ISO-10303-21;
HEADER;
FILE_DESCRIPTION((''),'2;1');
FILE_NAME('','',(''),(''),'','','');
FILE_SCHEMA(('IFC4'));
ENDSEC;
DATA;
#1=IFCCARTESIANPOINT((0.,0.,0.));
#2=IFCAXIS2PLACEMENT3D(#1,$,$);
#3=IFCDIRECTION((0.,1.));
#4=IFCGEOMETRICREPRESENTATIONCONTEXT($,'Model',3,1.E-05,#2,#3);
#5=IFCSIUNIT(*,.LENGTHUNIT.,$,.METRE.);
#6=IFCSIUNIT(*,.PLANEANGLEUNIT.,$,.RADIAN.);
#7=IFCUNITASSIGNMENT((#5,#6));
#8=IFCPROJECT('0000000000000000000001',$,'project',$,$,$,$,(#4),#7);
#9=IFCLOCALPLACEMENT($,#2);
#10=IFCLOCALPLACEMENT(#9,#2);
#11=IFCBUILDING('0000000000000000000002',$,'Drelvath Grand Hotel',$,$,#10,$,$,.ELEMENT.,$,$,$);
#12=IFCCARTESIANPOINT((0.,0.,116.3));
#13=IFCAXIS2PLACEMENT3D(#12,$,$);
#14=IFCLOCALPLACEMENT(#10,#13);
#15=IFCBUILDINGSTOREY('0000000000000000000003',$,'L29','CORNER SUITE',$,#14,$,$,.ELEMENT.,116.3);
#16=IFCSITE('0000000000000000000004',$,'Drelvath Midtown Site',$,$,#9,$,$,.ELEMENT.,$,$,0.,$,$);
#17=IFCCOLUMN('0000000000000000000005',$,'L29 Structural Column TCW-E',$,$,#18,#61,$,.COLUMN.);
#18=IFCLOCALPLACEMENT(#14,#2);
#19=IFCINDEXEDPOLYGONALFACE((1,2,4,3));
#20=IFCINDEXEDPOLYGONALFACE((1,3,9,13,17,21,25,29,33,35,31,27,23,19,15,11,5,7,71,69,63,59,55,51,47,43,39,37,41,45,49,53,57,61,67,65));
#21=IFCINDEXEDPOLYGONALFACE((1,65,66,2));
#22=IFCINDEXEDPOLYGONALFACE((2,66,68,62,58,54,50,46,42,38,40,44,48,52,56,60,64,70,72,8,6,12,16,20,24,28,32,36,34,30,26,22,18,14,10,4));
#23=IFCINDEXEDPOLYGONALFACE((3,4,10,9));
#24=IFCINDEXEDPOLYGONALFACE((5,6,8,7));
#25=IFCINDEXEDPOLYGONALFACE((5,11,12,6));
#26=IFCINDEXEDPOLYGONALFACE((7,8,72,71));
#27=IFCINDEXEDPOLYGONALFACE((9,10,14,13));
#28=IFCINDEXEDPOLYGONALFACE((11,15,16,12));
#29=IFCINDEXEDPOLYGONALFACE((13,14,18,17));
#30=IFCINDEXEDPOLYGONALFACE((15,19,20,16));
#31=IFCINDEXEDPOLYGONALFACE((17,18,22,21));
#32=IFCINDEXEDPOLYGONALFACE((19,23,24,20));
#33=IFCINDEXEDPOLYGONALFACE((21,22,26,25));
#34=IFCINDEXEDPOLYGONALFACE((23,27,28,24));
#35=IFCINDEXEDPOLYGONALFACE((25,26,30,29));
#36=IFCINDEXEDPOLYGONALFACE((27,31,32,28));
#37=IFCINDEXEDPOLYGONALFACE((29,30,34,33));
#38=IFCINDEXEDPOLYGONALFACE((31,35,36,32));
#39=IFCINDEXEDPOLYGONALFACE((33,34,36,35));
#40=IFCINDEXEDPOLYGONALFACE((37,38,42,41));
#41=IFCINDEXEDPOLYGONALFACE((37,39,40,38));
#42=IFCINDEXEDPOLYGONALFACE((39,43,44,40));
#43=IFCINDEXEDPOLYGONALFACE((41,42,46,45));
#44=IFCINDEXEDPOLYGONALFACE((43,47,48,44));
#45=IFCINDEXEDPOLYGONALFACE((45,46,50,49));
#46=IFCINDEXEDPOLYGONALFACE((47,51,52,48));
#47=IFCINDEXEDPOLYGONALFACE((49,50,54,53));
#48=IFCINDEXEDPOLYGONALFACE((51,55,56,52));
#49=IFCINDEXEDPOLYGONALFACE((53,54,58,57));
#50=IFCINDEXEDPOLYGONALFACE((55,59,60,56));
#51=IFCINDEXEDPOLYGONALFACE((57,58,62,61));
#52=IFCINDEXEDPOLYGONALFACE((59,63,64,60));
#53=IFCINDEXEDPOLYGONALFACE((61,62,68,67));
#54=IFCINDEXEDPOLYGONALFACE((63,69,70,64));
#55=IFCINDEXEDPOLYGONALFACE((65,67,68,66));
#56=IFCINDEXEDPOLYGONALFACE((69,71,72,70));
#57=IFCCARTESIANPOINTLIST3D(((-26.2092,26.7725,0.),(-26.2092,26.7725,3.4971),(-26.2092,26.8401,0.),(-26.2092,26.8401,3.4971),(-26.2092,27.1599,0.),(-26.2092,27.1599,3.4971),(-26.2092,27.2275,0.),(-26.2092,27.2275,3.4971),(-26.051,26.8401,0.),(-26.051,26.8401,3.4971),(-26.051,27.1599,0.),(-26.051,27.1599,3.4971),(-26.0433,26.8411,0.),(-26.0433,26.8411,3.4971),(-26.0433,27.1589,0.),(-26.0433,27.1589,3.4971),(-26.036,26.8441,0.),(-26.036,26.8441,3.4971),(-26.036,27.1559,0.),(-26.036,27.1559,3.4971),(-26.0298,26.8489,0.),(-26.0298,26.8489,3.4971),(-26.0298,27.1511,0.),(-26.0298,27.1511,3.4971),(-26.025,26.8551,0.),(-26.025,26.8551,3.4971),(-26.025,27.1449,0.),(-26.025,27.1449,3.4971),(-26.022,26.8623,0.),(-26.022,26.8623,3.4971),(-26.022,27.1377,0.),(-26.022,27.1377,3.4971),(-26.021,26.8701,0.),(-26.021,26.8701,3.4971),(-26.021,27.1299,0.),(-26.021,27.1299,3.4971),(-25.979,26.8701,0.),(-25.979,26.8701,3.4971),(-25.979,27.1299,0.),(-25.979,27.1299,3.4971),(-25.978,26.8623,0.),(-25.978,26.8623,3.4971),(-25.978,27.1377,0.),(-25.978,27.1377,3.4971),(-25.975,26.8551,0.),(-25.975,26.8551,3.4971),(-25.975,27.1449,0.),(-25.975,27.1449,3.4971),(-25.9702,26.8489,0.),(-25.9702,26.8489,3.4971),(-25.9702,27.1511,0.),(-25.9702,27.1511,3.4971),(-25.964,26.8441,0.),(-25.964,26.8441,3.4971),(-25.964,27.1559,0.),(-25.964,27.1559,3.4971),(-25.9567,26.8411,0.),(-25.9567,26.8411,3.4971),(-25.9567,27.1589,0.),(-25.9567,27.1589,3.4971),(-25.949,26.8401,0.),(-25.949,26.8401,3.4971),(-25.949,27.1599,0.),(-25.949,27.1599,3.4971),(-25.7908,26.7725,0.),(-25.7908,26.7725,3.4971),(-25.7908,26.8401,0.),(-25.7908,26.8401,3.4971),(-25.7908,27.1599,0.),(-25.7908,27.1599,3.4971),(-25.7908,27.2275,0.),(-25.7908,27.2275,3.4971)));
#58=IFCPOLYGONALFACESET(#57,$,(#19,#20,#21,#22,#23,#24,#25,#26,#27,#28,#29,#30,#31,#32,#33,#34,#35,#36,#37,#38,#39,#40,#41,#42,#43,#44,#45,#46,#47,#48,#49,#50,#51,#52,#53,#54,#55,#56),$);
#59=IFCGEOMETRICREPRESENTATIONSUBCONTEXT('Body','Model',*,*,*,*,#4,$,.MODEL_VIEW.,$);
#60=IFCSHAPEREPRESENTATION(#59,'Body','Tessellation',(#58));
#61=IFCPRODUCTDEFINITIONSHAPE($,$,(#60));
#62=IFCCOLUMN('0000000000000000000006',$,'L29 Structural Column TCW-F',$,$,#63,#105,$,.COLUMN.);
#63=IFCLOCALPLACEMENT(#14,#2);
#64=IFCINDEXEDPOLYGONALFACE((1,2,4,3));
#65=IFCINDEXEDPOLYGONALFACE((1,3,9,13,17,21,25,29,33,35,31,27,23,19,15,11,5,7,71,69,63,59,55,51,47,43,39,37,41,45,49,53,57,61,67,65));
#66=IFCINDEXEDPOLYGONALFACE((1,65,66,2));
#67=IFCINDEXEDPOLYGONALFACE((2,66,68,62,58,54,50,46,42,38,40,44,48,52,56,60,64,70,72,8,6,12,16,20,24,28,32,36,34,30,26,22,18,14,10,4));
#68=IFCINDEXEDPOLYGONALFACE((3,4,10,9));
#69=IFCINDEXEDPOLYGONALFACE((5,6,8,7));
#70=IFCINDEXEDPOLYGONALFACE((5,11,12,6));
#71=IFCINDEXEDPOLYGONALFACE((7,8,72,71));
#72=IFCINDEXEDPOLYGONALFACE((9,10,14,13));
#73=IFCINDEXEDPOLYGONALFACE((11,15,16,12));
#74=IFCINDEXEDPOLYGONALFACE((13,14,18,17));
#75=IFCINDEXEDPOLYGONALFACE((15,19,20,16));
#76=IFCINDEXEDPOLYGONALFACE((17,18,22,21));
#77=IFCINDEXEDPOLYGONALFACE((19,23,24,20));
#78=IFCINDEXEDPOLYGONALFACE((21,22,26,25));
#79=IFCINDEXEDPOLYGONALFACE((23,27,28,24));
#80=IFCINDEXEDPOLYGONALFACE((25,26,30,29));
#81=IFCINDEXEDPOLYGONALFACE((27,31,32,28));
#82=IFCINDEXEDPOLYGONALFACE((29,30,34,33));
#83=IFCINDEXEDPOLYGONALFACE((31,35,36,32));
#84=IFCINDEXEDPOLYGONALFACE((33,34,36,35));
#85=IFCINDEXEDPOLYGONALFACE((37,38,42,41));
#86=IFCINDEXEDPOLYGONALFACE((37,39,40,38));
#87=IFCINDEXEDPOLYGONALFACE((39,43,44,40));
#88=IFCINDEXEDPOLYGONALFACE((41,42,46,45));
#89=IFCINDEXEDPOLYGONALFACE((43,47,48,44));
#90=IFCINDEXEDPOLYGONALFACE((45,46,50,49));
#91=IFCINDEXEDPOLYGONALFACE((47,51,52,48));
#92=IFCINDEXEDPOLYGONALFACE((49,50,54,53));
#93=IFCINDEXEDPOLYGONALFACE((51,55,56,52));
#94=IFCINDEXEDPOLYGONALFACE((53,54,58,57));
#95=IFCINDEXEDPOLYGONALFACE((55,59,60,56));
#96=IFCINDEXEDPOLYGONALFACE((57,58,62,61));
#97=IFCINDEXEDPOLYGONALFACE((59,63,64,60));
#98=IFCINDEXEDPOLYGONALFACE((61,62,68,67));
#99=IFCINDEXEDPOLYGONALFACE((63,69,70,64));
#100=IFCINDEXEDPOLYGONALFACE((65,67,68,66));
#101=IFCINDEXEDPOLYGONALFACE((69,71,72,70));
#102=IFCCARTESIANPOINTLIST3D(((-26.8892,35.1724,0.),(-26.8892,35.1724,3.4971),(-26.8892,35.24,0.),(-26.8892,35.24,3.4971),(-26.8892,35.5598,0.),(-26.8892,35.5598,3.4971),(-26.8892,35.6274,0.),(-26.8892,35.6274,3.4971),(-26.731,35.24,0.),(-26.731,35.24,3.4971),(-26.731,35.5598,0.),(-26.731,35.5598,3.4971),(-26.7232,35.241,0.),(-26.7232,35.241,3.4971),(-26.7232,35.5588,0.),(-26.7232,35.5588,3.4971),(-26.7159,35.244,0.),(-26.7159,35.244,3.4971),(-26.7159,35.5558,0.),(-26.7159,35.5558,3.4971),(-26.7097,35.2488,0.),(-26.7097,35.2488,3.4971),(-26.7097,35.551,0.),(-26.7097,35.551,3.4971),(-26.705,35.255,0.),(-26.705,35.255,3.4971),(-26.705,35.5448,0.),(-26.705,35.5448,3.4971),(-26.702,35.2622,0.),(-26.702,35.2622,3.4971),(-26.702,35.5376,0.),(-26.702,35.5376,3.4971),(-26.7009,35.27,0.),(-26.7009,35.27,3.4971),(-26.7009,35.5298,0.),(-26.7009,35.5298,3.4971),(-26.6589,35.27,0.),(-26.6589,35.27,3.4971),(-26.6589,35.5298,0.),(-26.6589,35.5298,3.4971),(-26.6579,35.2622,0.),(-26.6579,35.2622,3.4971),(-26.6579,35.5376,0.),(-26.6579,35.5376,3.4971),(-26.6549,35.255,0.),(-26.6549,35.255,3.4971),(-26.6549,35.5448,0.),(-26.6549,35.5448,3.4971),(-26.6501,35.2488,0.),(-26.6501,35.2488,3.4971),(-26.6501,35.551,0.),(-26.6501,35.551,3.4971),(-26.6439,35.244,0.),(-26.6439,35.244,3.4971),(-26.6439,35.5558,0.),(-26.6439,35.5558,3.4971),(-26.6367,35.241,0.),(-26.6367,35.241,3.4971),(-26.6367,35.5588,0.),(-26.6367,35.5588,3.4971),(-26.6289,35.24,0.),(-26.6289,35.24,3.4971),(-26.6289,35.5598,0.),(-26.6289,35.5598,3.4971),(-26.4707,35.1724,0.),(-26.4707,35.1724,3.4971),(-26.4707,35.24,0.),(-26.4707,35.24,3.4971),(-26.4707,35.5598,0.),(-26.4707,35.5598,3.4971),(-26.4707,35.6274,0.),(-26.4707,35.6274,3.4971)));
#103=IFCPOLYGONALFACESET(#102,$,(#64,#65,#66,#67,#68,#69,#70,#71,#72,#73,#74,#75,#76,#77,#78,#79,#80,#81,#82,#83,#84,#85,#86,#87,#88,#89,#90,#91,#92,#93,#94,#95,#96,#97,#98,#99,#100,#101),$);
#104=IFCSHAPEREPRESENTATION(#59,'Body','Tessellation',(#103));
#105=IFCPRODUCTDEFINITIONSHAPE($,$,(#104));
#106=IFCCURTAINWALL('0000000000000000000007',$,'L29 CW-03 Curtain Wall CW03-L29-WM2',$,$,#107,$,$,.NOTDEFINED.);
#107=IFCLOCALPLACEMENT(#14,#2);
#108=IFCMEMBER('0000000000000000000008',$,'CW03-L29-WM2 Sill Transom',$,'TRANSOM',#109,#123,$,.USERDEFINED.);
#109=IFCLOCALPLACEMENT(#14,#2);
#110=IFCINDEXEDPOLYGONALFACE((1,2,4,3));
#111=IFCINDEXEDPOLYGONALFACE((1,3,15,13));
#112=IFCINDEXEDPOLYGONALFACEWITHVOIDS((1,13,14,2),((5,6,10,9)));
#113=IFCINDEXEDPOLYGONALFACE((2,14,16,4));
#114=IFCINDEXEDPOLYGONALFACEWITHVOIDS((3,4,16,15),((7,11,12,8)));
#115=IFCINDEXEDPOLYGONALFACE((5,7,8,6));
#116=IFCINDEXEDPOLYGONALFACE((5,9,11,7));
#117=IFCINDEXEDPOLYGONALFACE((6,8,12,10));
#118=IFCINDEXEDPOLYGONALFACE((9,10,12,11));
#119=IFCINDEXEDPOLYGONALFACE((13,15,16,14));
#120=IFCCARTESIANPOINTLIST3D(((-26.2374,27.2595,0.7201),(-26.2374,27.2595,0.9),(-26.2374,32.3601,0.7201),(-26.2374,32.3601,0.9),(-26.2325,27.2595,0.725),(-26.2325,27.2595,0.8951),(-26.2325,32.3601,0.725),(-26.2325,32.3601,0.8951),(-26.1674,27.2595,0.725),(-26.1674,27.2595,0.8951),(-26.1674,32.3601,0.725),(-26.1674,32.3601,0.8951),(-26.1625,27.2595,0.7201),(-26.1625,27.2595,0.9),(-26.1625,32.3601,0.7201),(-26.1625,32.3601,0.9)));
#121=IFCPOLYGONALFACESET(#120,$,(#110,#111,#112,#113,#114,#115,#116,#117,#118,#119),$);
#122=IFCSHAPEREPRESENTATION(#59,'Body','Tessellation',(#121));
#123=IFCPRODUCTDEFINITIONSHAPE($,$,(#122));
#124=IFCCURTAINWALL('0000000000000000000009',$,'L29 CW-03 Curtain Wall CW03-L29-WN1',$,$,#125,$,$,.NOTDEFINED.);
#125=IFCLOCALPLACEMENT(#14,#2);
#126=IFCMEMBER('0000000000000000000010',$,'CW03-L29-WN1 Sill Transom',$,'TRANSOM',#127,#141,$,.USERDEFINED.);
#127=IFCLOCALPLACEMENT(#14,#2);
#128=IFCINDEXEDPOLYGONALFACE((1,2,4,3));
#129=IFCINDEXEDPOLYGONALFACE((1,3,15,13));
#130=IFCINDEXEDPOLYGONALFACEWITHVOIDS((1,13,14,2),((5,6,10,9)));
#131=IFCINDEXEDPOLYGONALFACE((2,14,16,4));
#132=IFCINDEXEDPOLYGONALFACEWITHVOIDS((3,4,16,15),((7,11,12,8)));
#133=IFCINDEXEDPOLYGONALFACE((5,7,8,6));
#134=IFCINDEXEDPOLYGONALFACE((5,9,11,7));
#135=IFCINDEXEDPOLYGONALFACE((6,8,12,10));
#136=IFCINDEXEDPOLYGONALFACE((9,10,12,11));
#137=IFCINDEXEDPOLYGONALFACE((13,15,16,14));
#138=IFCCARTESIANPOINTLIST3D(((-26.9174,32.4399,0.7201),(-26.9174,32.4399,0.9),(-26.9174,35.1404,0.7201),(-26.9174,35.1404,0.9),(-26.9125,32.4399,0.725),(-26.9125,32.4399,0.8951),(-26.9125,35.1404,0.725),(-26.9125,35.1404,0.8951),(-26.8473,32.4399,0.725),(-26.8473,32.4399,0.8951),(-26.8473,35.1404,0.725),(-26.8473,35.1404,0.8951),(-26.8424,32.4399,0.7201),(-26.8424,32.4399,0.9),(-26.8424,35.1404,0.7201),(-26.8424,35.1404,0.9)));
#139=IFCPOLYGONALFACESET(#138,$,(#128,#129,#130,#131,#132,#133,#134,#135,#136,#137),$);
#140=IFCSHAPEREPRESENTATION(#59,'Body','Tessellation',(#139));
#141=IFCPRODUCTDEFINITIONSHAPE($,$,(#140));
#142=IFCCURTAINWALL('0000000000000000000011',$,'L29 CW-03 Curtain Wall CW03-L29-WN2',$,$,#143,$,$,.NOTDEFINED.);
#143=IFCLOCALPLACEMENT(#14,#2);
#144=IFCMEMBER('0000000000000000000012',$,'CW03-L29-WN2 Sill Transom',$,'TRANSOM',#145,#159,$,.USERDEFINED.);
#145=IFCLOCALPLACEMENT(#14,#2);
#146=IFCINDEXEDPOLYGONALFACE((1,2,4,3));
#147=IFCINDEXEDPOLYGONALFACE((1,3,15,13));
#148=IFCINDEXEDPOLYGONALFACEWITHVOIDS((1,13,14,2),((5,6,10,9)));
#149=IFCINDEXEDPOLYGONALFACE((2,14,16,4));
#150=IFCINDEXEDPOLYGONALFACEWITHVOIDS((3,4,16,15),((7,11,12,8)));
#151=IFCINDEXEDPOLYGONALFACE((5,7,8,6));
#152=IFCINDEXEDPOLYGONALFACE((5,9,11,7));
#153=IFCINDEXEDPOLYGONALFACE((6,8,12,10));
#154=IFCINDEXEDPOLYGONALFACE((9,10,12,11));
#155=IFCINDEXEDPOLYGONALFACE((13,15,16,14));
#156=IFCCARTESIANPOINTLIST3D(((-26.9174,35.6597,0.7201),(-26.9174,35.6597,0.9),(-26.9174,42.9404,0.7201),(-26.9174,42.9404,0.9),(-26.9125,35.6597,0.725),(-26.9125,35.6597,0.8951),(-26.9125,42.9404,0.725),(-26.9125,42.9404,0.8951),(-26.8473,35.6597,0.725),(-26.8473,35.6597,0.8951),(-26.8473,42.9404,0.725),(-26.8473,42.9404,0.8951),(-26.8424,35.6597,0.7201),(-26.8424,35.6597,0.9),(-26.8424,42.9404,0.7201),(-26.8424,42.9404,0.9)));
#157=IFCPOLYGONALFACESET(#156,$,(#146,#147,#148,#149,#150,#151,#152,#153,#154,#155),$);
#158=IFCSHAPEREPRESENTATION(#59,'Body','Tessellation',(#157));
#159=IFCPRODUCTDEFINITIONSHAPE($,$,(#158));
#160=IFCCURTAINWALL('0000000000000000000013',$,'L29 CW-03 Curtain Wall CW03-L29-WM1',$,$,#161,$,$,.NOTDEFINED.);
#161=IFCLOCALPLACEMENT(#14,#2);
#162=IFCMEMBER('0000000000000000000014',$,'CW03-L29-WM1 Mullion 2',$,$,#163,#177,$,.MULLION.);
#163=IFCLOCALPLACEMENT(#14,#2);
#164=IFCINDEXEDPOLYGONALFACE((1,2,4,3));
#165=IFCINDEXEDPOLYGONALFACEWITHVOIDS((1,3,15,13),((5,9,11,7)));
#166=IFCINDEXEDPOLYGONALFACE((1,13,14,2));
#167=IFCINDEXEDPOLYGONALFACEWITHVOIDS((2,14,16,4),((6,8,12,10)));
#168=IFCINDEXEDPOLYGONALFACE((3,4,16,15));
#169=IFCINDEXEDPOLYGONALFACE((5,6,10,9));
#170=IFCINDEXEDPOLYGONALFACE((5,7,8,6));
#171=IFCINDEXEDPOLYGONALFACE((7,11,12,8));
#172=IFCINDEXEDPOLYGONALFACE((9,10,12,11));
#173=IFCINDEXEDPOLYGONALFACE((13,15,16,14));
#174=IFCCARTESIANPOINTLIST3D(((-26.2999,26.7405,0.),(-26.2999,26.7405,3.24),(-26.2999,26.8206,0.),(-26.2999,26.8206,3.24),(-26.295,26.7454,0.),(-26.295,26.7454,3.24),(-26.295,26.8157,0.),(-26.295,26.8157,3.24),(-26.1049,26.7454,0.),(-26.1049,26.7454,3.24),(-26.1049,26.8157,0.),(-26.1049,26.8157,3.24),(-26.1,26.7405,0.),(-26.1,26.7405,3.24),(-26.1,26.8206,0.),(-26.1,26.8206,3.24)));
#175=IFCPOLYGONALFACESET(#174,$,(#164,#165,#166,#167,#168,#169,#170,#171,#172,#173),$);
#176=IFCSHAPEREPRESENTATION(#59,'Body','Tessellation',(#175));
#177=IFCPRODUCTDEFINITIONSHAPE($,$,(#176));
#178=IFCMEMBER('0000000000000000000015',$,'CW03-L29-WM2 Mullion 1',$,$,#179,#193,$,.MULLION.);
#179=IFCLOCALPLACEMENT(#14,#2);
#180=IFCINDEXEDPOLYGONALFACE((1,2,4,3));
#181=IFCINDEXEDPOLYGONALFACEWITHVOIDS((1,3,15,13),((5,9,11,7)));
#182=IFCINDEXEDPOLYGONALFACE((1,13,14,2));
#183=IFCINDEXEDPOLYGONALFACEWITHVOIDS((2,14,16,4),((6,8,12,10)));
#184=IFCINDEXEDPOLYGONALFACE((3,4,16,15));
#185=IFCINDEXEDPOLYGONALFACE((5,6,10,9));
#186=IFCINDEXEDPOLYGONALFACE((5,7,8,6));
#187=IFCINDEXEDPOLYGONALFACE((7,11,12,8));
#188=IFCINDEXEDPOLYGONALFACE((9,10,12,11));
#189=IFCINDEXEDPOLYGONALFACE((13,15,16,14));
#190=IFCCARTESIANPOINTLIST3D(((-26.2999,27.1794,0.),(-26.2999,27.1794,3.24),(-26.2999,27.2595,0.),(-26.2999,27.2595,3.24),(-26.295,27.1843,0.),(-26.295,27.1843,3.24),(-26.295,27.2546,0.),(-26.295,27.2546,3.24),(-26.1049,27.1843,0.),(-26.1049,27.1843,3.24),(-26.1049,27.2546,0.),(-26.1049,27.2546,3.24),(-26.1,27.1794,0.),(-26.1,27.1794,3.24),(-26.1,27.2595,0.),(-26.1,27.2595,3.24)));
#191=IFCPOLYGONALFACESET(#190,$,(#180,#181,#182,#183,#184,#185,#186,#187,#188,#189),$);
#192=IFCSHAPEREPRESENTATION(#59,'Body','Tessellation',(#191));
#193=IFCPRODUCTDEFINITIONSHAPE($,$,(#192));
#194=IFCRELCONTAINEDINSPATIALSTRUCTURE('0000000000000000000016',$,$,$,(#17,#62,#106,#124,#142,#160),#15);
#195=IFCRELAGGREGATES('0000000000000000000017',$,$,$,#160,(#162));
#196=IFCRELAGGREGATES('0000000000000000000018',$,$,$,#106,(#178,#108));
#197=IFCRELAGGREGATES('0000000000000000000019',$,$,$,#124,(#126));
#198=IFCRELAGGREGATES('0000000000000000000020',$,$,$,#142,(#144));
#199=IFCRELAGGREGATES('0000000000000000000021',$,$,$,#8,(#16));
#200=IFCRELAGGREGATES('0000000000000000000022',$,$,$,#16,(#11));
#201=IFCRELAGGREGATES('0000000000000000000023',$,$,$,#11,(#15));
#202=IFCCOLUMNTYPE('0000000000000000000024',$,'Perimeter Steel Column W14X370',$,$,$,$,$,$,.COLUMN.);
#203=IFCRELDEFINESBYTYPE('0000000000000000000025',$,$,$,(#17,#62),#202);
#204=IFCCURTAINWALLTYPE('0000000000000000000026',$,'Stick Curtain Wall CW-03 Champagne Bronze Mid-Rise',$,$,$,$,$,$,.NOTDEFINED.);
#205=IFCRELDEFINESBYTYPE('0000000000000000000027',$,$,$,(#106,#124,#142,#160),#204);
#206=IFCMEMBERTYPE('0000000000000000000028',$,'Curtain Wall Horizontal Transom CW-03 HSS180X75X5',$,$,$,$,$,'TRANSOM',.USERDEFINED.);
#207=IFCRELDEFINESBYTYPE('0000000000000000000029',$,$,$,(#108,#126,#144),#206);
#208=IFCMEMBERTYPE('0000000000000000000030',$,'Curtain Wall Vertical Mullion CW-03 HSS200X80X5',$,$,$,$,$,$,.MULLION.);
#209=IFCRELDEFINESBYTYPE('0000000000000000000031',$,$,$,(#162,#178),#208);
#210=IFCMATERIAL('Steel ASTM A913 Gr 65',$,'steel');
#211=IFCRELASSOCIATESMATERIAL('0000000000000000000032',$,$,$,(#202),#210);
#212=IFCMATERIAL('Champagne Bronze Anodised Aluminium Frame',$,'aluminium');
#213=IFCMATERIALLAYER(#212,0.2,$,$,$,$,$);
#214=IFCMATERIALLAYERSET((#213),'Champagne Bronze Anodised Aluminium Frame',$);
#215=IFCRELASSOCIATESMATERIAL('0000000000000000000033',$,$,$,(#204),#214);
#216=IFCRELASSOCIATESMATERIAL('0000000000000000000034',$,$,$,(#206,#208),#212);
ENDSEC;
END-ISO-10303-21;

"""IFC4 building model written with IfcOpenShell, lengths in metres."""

from ifc_helpers import new_model, si_unit, direction, frame, origin, origin_2d, place, context, subcontext, project, spatial, hollow_rectangle, i_section, extrude, material, layer, layer_set, material_profile, profile_set, type_object, element, aggregate, save


model = new_model("IFC4")

# Units and contexts
model_context = context("Model", 3, precision=1e-05, world=origin(), true_north=direction((0.0, 1.0)))
body_context = subcontext(model_context, "Body", "Model", "MODEL_VIEW")
ifc_project = project(units=[si_unit("LENGTHUNIT", "METRE"), si_unit("PLANEANGLEUNIT", "RADIAN")], contexts=[model_context])

# Site, building, storey
site_placement = place(None, origin())
site = spatial("IfcSite", under=ifc_project, at=site_placement, Name="Drelvath Midtown Site", CompositionType="ELEMENT", RefElevation=0.0)
building_placement = place(site_placement, origin())
building = spatial("IfcBuilding", under=site, at=building_placement, Name="Drelvath Grand Hotel", CompositionType="ELEMENT")
storey_placement = place(building_placement, frame((0.0, 0.0, 116.3)))
storey = spatial("IfcBuildingStorey", under=building, at=storey_placement, Name="L29", Description="CORNER SUITE", CompositionType="ELEMENT", Elevation=116.3)

# Columns
ifc_material_1 = material(Name="Steel ASTM A913 Gr 65", Category="steel")
ifc_material_profile_1 = material_profile(ifc_material_1, i_section(OverallWidth=0.4185, OverallDepth=0.4551, WebThickness=0.042, FlangeThickness=0.0676, FilletRadius=0.03, at=origin_2d()), Name="W14X370")
ifc_profile_set_1 = profile_set([ifc_material_profile_1], Name="Steel ASTM A913 Gr 65")
column_type = type_object("IfcColumnType", Name="Perimeter Steel Column W14X370", PredefinedType="COLUMN", material=ifc_profile_set_1)
for number, where, z_axis, x_axis, name in (
    (1, (-26.0, 27.0, 0.0), (0.0, 0.0, 1.0), (1.0, 0.0, 0.0), "L29 Structural Column TCW-E"),
    (2, (-26.6799, 35.3999, 0.0), (0.0, 0.0, 1.0), (1.0, 0.0, 0.0), "L29 Structural Column TCW-F"),
):
    element("IfcColumn", number, at=place(storey_placement, frame(where, z_axis=z_axis, x_axis=x_axis)), inside=storey, type_object=column_type, Name=name, PredefinedType="COLUMN", context=body_context, shape_type="SweptSolid", body=[
        extrude(i_section(OverallWidth=0.4185, OverallDepth=0.4551, WebThickness=0.042, FlangeThickness=0.0676, FilletRadius=0.03, at=origin_2d()), origin(), (0.0, 0.0, 1.0), 3.4971),
    ])

# Curtain walls, members
ifc_material_2 = material(Name="Champagne Bronze Anodised Aluminium Frame", Category="aluminium")
ifc_layer_1 = layer(ifc_material_2, 0.2)
ifc_layer_set_1 = layer_set([ifc_layer_1], Name="Champagne Bronze Anodised Aluminium Frame")
curtain_wall_type = type_object("IfcCurtainWallType", Name="Stick Curtain Wall CW-03 Champagne Bronze Mid-Rise", PredefinedType="NOTDEFINED", material=ifc_layer_set_1)
curtain_wall_1_placement = place(storey_placement, origin())
curtain_wall_1 = element("IfcCurtainWall", 3, at=curtain_wall_1_placement, inside=storey, type_object=curtain_wall_type, Name="L29 CW-03 Curtain Wall CW03-L29-WM2", PredefinedType="NOTDEFINED")
ifc_material_profile_2 = material_profile(ifc_material_2, hollow_rectangle(XDim=0.075, YDim=0.1799, WallThickness=0.0049, at=origin_2d()), Name="HSS180X75X5")
ifc_profile_set_2 = profile_set([ifc_material_profile_2], Name="Champagne Bronze Anodised Aluminium Frame")
member_type_1 = type_object("IfcMemberType", Name="Curtain Wall Horizontal Transom CW-03 HSS180X75X5", ElementType="TRANSOM", PredefinedType="USERDEFINED", material=ifc_profile_set_2)
member_1_placement = place(storey_placement, frame((-26.2, 27.2595, 0.8101), z_axis=(0.0, 1.0, 0.0), x_axis=(-1.0, 0.0, 0.0)))
member_1 = element("IfcMember", 4, at=member_1_placement, type_object=member_type_1, Name="CW03-L29-WM2 Sill Transom", ObjectType="TRANSOM", PredefinedType="USERDEFINED", context=body_context, shape_type="SweptSolid", body=[
    extrude(hollow_rectangle(XDim=0.075, YDim=0.1799, WallThickness=0.0049, at=origin_2d()), origin(), (0.0, 0.0, 1.0), 5.1006),
])
curtain_wall_2_placement = place(storey_placement, origin())
curtain_wall_2 = element("IfcCurtainWall", 5, at=curtain_wall_2_placement, inside=storey, type_object=curtain_wall_type, Name="L29 CW-03 Curtain Wall CW03-L29-WN1", PredefinedType="NOTDEFINED")
member_2_placement = place(storey_placement, frame((-26.8799, 32.4399, 0.8101), z_axis=(0.0, 1.0, 0.0), x_axis=(-1.0, 0.0, 0.0)))
member_2 = element("IfcMember", 6, at=member_2_placement, type_object=member_type_1, Name="CW03-L29-WN1 Sill Transom", ObjectType="TRANSOM", PredefinedType="USERDEFINED", context=body_context, shape_type="SweptSolid", body=[
    extrude(hollow_rectangle(XDim=0.075, YDim=0.1799, WallThickness=0.0049, at=origin_2d()), origin(), (0.0, 0.0, 1.0), 2.7004),
])
curtain_wall_3_placement = place(storey_placement, origin())
curtain_wall_3 = element("IfcCurtainWall", 7, at=curtain_wall_3_placement, inside=storey, type_object=curtain_wall_type, Name="L29 CW-03 Curtain Wall CW03-L29-WN2", PredefinedType="NOTDEFINED")
member_3_placement = place(storey_placement, frame((-26.8799, 35.6597, 0.8101), z_axis=(0.0, 1.0, 0.0), x_axis=(-1.0, 0.0, 0.0)))
member_3 = element("IfcMember", 8, at=member_3_placement, type_object=member_type_1, Name="CW03-L29-WN2 Sill Transom", ObjectType="TRANSOM", PredefinedType="USERDEFINED", context=body_context, shape_type="SweptSolid", body=[
    extrude(hollow_rectangle(XDim=0.075, YDim=0.1799, WallThickness=0.0049, at=origin_2d()), origin(), (0.0, 0.0, 1.0), 7.2808),
])
curtain_wall_4_placement = place(storey_placement, origin())
curtain_wall_4 = element("IfcCurtainWall", 9, at=curtain_wall_4_placement, inside=storey, type_object=curtain_wall_type, Name="L29 CW-03 Curtain Wall CW03-L29-WM1", PredefinedType="NOTDEFINED")
ifc_material_profile_3 = material_profile(ifc_material_2, hollow_rectangle(XDim=0.0801, YDim=0.2, WallThickness=0.0049, at=origin_2d()), Name="HSS200X80X5")
ifc_profile_set_3 = profile_set([ifc_material_profile_3], Name="Champagne Bronze Anodised Aluminium Frame")
member_type_2 = type_object("IfcMemberType", Name="Curtain Wall Vertical Mullion CW-03 HSS200X80X5", PredefinedType="MULLION", material=ifc_profile_set_3)
member_4_placement = place(storey_placement, frame((-26.2, 26.7805, 0.0), z_axis=(0.0, 0.0, 1.0), x_axis=(0.0, 1.0, 0.0)))
member_4 = element("IfcMember", 10, at=member_4_placement, type_object=member_type_2, Name="CW03-L29-WM1 Mullion 2", PredefinedType="MULLION", context=body_context, shape_type="SweptSolid", body=[
    extrude(hollow_rectangle(XDim=0.0801, YDim=0.2, WallThickness=0.0049, at=origin_2d()), origin(), (0.0, 0.0, 1.0), 3.24),
])
aggregate(curtain_wall_4, [member_4])

# Member
member_5_placement = place(storey_placement, frame((-26.2, 27.2195, 0.0), z_axis=(0.0, 0.0, 1.0), x_axis=(0.0, 1.0, 0.0)))
member_5 = element("IfcMember", 11, at=member_5_placement, type_object=member_type_2, Name="CW03-L29-WM2 Mullion 1", PredefinedType="MULLION", context=body_context, shape_type="SweptSolid", body=[
    extrude(hollow_rectangle(XDim=0.0801, YDim=0.2, WallThickness=0.0049, at=origin_2d()), origin(), (0.0, 0.0, 1.0), 3.24),
])

aggregate(curtain_wall_1, [member_5, member_1])
aggregate(curtain_wall_2, [member_2])
aggregate(curtain_wall_3, [member_3])

save(model, "model.ifc")
